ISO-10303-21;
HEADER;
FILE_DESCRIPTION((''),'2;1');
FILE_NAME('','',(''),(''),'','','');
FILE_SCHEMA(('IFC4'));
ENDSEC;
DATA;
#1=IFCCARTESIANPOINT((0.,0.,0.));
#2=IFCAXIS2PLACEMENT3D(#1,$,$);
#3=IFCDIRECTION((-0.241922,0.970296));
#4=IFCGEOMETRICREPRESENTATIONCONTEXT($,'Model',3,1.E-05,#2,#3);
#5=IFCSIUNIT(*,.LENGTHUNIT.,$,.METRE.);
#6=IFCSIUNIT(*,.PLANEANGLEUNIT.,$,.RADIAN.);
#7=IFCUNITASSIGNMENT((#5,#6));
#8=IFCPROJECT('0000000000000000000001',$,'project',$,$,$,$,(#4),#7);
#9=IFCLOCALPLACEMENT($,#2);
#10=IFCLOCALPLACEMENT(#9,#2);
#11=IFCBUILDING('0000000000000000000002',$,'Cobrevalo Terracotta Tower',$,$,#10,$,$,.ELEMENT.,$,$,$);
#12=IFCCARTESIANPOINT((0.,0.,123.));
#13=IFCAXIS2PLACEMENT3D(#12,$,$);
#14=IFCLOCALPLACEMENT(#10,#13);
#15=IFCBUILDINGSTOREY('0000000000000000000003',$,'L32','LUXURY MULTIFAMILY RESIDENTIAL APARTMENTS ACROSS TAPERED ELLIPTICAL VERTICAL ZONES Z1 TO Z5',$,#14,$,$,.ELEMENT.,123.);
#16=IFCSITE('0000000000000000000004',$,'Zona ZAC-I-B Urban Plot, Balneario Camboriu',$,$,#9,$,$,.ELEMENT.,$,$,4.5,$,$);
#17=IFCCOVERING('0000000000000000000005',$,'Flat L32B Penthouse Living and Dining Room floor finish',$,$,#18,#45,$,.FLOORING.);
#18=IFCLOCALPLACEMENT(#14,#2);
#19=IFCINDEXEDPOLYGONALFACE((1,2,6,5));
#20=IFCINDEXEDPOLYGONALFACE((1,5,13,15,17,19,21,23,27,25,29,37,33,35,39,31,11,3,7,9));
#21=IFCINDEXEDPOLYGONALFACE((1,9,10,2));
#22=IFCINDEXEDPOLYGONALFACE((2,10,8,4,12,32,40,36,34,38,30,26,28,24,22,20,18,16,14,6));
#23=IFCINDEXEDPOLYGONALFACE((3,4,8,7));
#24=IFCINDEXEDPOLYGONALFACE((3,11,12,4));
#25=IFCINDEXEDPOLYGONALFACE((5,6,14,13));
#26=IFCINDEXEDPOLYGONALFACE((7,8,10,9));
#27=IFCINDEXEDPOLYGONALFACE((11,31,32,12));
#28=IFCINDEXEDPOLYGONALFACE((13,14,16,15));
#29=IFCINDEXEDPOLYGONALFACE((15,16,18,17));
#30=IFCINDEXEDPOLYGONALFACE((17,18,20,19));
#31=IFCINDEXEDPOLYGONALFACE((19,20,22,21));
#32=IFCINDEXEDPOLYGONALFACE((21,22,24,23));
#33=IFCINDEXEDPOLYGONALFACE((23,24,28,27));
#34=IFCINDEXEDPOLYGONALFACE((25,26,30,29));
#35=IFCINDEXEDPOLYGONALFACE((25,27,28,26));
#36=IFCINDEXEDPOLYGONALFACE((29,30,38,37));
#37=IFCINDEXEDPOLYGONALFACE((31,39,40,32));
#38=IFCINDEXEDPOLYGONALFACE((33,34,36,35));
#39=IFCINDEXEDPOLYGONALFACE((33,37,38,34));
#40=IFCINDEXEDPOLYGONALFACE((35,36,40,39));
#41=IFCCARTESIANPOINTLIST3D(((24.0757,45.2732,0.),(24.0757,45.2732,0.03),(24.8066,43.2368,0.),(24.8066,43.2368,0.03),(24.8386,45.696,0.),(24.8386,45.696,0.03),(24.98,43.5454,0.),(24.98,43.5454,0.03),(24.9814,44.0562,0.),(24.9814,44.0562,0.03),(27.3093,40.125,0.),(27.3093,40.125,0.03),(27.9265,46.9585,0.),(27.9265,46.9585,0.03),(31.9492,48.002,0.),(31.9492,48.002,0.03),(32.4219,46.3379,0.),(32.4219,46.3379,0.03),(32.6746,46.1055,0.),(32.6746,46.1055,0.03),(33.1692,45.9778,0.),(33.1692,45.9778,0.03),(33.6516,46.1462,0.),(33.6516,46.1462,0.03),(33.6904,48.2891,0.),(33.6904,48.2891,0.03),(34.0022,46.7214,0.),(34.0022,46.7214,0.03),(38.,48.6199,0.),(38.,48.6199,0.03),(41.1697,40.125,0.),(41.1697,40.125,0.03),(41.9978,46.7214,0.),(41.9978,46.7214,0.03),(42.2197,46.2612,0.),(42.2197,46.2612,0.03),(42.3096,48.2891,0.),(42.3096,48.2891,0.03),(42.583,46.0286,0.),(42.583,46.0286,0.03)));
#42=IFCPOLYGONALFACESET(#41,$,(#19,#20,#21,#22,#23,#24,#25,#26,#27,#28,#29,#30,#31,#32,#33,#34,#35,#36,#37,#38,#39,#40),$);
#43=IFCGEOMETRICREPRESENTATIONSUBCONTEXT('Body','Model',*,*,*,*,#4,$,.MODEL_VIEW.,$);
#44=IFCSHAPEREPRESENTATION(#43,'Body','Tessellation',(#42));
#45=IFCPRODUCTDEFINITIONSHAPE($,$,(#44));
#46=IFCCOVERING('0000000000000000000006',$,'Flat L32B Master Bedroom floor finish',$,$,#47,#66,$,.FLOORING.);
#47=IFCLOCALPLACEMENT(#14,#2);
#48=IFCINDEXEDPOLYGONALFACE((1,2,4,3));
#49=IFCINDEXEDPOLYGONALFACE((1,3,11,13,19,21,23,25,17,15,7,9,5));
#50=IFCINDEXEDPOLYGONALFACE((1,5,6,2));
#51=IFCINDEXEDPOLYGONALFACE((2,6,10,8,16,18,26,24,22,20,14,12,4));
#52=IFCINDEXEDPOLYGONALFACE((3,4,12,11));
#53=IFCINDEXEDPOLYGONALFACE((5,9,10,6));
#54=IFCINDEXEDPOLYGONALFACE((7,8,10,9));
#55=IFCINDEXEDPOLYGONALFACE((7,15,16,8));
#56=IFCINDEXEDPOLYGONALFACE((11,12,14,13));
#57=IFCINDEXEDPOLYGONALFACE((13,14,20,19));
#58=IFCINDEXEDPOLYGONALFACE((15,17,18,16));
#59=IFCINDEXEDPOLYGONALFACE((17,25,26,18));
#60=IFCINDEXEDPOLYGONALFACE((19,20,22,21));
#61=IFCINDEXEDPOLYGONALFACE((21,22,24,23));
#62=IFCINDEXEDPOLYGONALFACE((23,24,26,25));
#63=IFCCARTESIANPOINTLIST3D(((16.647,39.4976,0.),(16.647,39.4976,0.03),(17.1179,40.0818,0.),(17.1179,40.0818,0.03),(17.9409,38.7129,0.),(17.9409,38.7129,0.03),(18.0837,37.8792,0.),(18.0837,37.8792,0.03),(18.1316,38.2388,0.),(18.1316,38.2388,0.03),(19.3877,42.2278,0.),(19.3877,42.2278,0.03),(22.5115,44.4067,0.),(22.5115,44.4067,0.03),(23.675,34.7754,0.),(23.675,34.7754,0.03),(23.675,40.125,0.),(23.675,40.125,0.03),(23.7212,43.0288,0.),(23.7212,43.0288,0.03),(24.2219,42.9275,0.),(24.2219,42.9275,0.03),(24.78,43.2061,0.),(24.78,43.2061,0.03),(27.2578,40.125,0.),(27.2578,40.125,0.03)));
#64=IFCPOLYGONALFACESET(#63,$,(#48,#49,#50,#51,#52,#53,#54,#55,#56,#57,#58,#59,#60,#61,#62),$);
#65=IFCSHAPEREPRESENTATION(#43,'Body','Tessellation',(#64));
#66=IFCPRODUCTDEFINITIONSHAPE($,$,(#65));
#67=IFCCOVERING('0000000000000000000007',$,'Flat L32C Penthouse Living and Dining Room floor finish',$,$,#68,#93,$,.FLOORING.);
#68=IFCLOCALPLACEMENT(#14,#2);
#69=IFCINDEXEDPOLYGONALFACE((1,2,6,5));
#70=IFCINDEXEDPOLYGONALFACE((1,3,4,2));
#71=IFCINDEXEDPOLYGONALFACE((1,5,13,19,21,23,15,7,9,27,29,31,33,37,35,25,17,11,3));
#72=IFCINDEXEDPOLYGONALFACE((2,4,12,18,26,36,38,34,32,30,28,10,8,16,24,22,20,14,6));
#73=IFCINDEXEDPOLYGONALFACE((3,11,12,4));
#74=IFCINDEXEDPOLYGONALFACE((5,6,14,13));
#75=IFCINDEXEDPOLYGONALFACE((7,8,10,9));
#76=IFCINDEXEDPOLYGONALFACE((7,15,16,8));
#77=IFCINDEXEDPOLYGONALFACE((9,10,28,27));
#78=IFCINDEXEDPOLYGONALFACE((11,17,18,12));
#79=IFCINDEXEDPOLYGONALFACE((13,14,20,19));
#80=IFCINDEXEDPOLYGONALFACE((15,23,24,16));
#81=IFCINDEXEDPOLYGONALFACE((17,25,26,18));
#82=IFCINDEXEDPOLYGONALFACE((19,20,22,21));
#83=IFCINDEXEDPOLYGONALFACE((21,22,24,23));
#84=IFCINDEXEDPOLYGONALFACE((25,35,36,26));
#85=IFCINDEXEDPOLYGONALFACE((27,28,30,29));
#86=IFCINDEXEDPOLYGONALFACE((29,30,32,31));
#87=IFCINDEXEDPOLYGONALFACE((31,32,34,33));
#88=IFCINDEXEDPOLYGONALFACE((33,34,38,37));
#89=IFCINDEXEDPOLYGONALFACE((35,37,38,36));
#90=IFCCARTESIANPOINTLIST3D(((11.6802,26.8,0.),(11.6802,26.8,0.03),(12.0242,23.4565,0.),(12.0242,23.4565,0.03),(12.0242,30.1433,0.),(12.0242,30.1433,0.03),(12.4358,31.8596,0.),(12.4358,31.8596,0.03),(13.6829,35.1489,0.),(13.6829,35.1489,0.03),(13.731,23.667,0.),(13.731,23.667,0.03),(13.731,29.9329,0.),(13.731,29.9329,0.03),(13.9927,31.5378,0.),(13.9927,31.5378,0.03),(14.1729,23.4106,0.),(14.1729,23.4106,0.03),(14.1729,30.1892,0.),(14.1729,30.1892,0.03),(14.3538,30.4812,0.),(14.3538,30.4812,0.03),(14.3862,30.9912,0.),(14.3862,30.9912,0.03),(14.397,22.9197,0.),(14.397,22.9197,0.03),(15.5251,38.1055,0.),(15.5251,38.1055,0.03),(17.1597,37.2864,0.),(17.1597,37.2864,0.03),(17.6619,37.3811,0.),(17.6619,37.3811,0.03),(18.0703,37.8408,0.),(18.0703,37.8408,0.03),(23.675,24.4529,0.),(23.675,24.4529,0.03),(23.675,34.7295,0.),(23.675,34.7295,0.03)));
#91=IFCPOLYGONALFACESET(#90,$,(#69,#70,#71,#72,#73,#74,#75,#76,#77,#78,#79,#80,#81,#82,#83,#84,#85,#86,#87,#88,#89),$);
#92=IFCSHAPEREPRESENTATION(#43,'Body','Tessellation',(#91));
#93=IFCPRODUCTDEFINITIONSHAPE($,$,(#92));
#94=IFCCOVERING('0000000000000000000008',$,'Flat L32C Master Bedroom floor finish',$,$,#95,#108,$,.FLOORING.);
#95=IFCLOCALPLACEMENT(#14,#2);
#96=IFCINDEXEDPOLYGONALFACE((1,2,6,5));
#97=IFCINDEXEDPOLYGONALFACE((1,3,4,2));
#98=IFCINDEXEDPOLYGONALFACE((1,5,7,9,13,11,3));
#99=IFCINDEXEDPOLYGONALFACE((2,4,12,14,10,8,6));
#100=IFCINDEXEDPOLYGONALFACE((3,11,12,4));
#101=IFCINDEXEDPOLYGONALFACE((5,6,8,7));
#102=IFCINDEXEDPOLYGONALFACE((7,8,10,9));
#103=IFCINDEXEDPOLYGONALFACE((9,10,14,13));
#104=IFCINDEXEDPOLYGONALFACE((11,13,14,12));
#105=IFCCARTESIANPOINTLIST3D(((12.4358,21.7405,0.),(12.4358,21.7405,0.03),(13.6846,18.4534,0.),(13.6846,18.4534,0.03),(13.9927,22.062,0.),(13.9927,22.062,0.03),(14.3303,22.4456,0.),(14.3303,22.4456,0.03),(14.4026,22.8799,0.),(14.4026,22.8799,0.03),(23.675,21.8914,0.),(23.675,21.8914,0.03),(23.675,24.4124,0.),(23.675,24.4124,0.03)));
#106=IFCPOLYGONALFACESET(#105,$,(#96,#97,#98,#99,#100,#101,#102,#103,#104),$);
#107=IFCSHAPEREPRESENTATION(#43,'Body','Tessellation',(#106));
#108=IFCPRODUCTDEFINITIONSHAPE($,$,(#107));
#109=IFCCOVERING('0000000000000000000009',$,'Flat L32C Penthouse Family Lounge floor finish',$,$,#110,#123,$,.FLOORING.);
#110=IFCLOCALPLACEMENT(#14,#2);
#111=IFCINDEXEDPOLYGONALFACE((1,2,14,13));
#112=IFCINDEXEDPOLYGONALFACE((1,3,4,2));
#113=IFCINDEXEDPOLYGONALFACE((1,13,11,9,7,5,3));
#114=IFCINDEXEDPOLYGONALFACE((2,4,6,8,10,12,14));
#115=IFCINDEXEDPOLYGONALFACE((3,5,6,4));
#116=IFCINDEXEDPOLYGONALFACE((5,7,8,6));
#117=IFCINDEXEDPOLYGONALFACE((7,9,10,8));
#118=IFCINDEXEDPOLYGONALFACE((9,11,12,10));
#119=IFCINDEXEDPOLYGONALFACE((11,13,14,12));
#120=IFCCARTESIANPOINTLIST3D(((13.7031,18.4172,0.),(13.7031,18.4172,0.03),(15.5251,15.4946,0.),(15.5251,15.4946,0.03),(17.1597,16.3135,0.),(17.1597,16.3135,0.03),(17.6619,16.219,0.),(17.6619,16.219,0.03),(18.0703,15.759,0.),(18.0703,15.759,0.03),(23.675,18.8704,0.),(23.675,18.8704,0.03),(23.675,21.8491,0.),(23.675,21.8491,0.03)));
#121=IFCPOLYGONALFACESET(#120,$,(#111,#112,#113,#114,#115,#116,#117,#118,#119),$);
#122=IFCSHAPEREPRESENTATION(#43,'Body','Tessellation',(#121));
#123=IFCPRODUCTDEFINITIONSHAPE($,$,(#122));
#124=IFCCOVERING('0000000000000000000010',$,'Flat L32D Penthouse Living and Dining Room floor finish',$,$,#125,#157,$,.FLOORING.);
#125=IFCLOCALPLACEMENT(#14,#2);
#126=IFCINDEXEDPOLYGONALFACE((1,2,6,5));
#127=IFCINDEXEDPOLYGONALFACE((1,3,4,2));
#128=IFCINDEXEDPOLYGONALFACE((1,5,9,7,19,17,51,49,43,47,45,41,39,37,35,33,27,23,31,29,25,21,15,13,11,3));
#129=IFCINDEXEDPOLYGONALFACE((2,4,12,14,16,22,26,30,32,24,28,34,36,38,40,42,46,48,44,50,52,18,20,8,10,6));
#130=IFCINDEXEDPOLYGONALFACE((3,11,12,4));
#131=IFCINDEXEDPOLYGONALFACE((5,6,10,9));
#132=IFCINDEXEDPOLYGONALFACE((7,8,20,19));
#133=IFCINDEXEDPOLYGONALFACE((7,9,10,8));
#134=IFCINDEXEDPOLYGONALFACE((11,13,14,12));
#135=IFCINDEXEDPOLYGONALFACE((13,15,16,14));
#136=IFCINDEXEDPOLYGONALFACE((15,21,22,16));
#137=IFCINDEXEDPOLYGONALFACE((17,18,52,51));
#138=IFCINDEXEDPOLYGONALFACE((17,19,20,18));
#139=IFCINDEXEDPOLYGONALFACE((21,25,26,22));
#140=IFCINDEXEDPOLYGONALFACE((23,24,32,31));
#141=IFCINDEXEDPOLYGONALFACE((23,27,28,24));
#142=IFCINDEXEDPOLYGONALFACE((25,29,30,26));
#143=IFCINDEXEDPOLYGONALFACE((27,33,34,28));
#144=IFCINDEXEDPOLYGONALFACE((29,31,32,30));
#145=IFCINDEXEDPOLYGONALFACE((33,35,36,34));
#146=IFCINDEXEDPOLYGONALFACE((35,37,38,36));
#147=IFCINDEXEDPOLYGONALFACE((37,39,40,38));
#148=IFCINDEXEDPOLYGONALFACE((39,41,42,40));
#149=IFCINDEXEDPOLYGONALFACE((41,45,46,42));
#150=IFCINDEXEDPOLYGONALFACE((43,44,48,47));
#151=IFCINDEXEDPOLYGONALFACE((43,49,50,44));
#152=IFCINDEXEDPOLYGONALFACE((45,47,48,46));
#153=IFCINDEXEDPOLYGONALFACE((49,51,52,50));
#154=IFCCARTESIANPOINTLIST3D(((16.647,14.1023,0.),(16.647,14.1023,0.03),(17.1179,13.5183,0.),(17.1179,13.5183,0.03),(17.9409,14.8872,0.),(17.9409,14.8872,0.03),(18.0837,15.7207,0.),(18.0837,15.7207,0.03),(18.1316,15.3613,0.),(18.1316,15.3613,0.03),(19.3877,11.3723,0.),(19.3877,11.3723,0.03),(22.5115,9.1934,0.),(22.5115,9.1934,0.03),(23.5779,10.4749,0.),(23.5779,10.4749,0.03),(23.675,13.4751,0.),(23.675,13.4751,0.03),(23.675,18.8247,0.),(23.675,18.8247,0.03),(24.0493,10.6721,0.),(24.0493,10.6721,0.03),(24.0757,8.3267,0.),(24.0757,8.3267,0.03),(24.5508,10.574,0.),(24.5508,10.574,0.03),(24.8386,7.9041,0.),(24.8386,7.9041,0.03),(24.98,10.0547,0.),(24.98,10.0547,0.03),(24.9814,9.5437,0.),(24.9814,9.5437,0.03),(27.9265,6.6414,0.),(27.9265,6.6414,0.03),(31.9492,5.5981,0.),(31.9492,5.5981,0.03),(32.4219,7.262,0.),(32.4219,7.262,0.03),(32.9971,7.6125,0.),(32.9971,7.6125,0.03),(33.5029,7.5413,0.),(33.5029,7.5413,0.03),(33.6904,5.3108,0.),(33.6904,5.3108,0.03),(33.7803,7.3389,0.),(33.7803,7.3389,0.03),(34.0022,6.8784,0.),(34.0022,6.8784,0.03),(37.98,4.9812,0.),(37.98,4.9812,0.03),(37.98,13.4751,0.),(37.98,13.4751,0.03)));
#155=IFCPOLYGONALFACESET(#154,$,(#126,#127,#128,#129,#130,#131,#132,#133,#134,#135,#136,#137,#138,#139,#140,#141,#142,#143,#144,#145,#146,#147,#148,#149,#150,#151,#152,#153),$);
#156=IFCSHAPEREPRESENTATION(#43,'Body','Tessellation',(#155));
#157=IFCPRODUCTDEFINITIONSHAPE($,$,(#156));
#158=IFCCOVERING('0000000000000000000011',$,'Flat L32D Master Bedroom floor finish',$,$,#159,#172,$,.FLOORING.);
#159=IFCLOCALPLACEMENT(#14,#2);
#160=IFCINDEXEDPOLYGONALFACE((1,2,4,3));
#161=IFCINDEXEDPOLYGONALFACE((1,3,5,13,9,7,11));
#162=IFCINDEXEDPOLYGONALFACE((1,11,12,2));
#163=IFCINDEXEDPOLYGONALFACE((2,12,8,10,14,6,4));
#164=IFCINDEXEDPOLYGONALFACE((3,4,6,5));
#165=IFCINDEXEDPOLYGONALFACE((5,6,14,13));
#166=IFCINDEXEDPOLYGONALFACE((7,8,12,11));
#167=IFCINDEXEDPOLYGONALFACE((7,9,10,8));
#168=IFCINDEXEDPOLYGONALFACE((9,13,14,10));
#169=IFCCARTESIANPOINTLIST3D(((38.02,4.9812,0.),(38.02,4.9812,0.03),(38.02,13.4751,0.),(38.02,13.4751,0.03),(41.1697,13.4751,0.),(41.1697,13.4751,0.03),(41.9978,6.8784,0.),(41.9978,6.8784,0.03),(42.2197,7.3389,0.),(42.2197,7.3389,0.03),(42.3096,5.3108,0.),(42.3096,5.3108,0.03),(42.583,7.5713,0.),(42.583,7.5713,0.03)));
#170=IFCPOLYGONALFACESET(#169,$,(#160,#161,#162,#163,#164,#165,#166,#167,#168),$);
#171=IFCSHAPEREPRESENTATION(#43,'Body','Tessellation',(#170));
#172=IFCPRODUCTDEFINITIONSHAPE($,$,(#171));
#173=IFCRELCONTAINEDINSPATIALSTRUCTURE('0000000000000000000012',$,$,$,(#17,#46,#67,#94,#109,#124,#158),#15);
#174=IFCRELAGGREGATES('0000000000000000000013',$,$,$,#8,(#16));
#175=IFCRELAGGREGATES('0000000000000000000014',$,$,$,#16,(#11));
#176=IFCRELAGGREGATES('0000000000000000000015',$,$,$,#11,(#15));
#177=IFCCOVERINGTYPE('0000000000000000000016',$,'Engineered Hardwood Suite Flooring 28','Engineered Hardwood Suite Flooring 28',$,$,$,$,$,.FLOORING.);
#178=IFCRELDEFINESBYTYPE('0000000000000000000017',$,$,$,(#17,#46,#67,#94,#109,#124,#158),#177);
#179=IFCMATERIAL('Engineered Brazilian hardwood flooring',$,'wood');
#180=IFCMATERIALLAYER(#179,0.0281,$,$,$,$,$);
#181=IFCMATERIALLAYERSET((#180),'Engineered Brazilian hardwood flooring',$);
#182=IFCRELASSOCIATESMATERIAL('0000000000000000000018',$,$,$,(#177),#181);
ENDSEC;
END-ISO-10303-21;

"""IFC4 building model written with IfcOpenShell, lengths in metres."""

from ifc_helpers import new_model, si_unit, direction, frame, origin, place, context, subcontext, project, spatial, polyline, outline, extrude, material, layer, layer_set, type_object, element, save


model = new_model("IFC4")

# Units and contexts
model_context = context("Model", 3, precision=1e-05, world=origin(), true_north=direction((-0.241922, 0.970296)))
body_context = subcontext(model_context, "Body", "Model", "MODEL_VIEW")
ifc_project = project(units=[si_unit("LENGTHUNIT", "METRE"), si_unit("PLANEANGLEUNIT", "RADIAN")], contexts=[model_context])

# Site, building, storey
site_placement = place(None, origin())
site = spatial("IfcSite", under=ifc_project, at=site_placement, Name="Zona ZAC-I-B Urban Plot, Balneario Camboriu", CompositionType="ELEMENT", RefElevation=4.5)
building_placement = place(site_placement, origin())
building = spatial("IfcBuilding", under=site, at=building_placement, Name="Cobrevalo Terracotta Tower", CompositionType="ELEMENT")
storey_placement = place(building_placement, frame((0.0, 0.0, 123.0)))
storey = spatial("IfcBuildingStorey", under=building, at=storey_placement, Name="L32", Description="LUXURY MULTIFAMILY RESIDENTIAL APARTMENTS ACROSS TAPERED ELLIPTICAL VERTICAL ZONES Z1 TO Z5", CompositionType="ELEMENT", Elevation=123.0)

# Coverings
ifc_material_1 = material(Name="Engineered Brazilian hardwood flooring", Category="wood")
ifc_layer_1 = layer(ifc_material_1, 0.0281)
ifc_layer_set_1 = layer_set([ifc_layer_1], Name="Engineered Brazilian hardwood flooring")
covering_type_1 = type_object("IfcCoveringType", Name="Engineered Hardwood Suite Flooring 28", Description="Engineered Hardwood Suite Flooring 28", PredefinedType="FLOORING", material=ifc_layer_set_1)
covering_1_placement = place(storey_placement, origin())
element("IfcCovering", 1, at=covering_1_placement, inside=storey, type_object=covering_type_1, Name="Flat L32B Penthouse Living and Dining Room floor finish", PredefinedType="FLOORING", context=body_context, shape_type="SweptSolid", body=[
    extrude(outline(polyline([(27.9265, 46.9585), (31.9492, 48.002), (32.4219, 46.3379), (32.6746, 46.1055), (33.1692, 45.9778), (33.6516, 46.1462), (34.0022, 46.7214), (33.6904, 48.2891), (38.0, 48.6199), (42.3096, 48.2891), (41.9978, 46.7214), (42.2197, 46.2612), (42.583, 46.0286), (41.1697, 40.125), (27.3093, 40.125), (24.8066, 43.2368), (24.98, 43.5454), (24.9814, 44.0562), (24.0757, 45.2732), (24.8386, 45.696), (27.9265, 46.9585)])), origin(), (0.0, 0.0, 1.0), 0.03),
])
covering_2_placement = place(storey_placement, origin())
element("IfcCovering", 2, at=covering_2_placement, inside=storey, type_object=covering_type_1, Name="Flat L32B Master Bedroom floor finish", PredefinedType="FLOORING", context=body_context, shape_type="SweptSolid", body=[
    extrude(outline(polyline([(22.5115, 44.4067), (23.7212, 43.0288), (24.2219, 42.9275), (24.78, 43.2061), (27.2578, 40.125), (23.675, 40.125), (23.675, 34.7754), (18.0837, 37.8792), (18.1316, 38.2388), (17.9409, 38.7129), (16.647, 39.4976), (17.1179, 40.0818), (19.3877, 42.2278), (22.5115, 44.4067)])), origin(), (0.0, 0.0, 1.0), 0.03),
])
covering_3_placement = place(storey_placement, origin())
element("IfcCovering", 3, at=covering_3_placement, inside=storey, type_object=covering_type_1, Name="Flat L32C Penthouse Living and Dining Room floor finish", PredefinedType="FLOORING", context=body_context, shape_type="SweptSolid", body=[
    extrude(outline(polyline([(11.6802, 26.8), (12.0242, 30.1433), (13.731, 29.9329), (14.1729, 30.1892), (14.3538, 30.4812), (14.3862, 30.9912), (13.9927, 31.5378), (12.4358, 31.8596), (13.6829, 35.1489), (15.5251, 38.1055), (17.1597, 37.2864), (17.6619, 37.3811), (18.0703, 37.8408), (23.675, 34.7295), (23.675, 24.4529), (14.397, 22.9197), (14.1729, 23.4106), (13.731, 23.667), (12.0242, 23.4565), (11.6802, 26.8)])), origin(), (0.0, 0.0, 1.0), 0.03),
])
covering_4_placement = place(storey_placement, origin())
element("IfcCovering", 4, at=covering_4_placement, inside=storey, type_object=covering_type_1, Name="Flat L32C Master Bedroom floor finish", PredefinedType="FLOORING", context=body_context, shape_type="SweptSolid", body=[
    extrude(outline(polyline([(12.4358, 21.7405), (13.9927, 22.062), (14.3303, 22.4456), (14.4026, 22.8799), (23.675, 24.4124), (23.675, 21.8914), (13.6846, 18.4534), (12.4358, 21.7405)])), origin(), (0.0, 0.0, 1.0), 0.03),
])
covering_5_placement = place(storey_placement, origin())
element("IfcCovering", 5, at=covering_5_placement, inside=storey, type_object=covering_type_1, Name="Flat L32C Penthouse Family Lounge floor finish", PredefinedType="FLOORING", context=body_context, shape_type="SweptSolid", body=[
    extrude(outline(polyline([(18.0703, 15.759), (17.6619, 16.219), (17.1597, 16.3135), (15.5251, 15.4946), (13.7031, 18.4172), (23.675, 21.8491), (23.675, 18.8704), (18.0703, 15.759)])), origin(), (0.0, 0.0, 1.0), 0.03),
])
covering_6_placement = place(storey_placement, origin())
element("IfcCovering", 6, at=covering_6_placement, inside=storey, type_object=covering_type_1, Name="Flat L32D Penthouse Living and Dining Room floor finish", PredefinedType="FLOORING", context=body_context, shape_type="SweptSolid", body=[
    extrude(outline(polyline([(33.6904, 5.3108), (34.0022, 6.8784), (33.7803, 7.3389), (33.5029, 7.5413), (32.9971, 7.6125), (32.4219, 7.262), (31.9492, 5.5981), (27.9265, 6.6414), (24.8386, 7.9041), (24.0757, 8.3267), (24.9814, 9.5437), (24.98, 10.0547), (24.5508, 10.574), (24.0493, 10.6721), (23.5779, 10.4749), (22.5115, 9.1934), (19.3877, 11.3723), (17.1179, 13.5183), (16.647, 14.1023), (17.9409, 14.8872), (18.1316, 15.3613), (18.0837, 15.7207), (23.675, 18.8247), (23.675, 13.4751), (37.98, 13.4751), (37.98, 4.9812), (33.6904, 5.3108)])), origin(), (0.0, 0.0, 1.0), 0.03),
])
covering_7_placement = place(storey_placement, origin())
element("IfcCovering", 7, at=covering_7_placement, inside=storey, type_object=covering_type_1, Name="Flat L32D Master Bedroom floor finish", PredefinedType="FLOORING", context=body_context, shape_type="SweptSolid", body=[
    extrude(outline(polyline([(38.02, 4.9812), (38.02, 13.4751), (41.1697, 13.4751), (42.583, 7.5713), (42.2197, 7.3389), (41.9978, 6.8784), (42.3096, 5.3108), (38.02, 4.9812)])), origin(), (0.0, 0.0, 1.0), 0.03),
])

save(model, "model.ifc")
